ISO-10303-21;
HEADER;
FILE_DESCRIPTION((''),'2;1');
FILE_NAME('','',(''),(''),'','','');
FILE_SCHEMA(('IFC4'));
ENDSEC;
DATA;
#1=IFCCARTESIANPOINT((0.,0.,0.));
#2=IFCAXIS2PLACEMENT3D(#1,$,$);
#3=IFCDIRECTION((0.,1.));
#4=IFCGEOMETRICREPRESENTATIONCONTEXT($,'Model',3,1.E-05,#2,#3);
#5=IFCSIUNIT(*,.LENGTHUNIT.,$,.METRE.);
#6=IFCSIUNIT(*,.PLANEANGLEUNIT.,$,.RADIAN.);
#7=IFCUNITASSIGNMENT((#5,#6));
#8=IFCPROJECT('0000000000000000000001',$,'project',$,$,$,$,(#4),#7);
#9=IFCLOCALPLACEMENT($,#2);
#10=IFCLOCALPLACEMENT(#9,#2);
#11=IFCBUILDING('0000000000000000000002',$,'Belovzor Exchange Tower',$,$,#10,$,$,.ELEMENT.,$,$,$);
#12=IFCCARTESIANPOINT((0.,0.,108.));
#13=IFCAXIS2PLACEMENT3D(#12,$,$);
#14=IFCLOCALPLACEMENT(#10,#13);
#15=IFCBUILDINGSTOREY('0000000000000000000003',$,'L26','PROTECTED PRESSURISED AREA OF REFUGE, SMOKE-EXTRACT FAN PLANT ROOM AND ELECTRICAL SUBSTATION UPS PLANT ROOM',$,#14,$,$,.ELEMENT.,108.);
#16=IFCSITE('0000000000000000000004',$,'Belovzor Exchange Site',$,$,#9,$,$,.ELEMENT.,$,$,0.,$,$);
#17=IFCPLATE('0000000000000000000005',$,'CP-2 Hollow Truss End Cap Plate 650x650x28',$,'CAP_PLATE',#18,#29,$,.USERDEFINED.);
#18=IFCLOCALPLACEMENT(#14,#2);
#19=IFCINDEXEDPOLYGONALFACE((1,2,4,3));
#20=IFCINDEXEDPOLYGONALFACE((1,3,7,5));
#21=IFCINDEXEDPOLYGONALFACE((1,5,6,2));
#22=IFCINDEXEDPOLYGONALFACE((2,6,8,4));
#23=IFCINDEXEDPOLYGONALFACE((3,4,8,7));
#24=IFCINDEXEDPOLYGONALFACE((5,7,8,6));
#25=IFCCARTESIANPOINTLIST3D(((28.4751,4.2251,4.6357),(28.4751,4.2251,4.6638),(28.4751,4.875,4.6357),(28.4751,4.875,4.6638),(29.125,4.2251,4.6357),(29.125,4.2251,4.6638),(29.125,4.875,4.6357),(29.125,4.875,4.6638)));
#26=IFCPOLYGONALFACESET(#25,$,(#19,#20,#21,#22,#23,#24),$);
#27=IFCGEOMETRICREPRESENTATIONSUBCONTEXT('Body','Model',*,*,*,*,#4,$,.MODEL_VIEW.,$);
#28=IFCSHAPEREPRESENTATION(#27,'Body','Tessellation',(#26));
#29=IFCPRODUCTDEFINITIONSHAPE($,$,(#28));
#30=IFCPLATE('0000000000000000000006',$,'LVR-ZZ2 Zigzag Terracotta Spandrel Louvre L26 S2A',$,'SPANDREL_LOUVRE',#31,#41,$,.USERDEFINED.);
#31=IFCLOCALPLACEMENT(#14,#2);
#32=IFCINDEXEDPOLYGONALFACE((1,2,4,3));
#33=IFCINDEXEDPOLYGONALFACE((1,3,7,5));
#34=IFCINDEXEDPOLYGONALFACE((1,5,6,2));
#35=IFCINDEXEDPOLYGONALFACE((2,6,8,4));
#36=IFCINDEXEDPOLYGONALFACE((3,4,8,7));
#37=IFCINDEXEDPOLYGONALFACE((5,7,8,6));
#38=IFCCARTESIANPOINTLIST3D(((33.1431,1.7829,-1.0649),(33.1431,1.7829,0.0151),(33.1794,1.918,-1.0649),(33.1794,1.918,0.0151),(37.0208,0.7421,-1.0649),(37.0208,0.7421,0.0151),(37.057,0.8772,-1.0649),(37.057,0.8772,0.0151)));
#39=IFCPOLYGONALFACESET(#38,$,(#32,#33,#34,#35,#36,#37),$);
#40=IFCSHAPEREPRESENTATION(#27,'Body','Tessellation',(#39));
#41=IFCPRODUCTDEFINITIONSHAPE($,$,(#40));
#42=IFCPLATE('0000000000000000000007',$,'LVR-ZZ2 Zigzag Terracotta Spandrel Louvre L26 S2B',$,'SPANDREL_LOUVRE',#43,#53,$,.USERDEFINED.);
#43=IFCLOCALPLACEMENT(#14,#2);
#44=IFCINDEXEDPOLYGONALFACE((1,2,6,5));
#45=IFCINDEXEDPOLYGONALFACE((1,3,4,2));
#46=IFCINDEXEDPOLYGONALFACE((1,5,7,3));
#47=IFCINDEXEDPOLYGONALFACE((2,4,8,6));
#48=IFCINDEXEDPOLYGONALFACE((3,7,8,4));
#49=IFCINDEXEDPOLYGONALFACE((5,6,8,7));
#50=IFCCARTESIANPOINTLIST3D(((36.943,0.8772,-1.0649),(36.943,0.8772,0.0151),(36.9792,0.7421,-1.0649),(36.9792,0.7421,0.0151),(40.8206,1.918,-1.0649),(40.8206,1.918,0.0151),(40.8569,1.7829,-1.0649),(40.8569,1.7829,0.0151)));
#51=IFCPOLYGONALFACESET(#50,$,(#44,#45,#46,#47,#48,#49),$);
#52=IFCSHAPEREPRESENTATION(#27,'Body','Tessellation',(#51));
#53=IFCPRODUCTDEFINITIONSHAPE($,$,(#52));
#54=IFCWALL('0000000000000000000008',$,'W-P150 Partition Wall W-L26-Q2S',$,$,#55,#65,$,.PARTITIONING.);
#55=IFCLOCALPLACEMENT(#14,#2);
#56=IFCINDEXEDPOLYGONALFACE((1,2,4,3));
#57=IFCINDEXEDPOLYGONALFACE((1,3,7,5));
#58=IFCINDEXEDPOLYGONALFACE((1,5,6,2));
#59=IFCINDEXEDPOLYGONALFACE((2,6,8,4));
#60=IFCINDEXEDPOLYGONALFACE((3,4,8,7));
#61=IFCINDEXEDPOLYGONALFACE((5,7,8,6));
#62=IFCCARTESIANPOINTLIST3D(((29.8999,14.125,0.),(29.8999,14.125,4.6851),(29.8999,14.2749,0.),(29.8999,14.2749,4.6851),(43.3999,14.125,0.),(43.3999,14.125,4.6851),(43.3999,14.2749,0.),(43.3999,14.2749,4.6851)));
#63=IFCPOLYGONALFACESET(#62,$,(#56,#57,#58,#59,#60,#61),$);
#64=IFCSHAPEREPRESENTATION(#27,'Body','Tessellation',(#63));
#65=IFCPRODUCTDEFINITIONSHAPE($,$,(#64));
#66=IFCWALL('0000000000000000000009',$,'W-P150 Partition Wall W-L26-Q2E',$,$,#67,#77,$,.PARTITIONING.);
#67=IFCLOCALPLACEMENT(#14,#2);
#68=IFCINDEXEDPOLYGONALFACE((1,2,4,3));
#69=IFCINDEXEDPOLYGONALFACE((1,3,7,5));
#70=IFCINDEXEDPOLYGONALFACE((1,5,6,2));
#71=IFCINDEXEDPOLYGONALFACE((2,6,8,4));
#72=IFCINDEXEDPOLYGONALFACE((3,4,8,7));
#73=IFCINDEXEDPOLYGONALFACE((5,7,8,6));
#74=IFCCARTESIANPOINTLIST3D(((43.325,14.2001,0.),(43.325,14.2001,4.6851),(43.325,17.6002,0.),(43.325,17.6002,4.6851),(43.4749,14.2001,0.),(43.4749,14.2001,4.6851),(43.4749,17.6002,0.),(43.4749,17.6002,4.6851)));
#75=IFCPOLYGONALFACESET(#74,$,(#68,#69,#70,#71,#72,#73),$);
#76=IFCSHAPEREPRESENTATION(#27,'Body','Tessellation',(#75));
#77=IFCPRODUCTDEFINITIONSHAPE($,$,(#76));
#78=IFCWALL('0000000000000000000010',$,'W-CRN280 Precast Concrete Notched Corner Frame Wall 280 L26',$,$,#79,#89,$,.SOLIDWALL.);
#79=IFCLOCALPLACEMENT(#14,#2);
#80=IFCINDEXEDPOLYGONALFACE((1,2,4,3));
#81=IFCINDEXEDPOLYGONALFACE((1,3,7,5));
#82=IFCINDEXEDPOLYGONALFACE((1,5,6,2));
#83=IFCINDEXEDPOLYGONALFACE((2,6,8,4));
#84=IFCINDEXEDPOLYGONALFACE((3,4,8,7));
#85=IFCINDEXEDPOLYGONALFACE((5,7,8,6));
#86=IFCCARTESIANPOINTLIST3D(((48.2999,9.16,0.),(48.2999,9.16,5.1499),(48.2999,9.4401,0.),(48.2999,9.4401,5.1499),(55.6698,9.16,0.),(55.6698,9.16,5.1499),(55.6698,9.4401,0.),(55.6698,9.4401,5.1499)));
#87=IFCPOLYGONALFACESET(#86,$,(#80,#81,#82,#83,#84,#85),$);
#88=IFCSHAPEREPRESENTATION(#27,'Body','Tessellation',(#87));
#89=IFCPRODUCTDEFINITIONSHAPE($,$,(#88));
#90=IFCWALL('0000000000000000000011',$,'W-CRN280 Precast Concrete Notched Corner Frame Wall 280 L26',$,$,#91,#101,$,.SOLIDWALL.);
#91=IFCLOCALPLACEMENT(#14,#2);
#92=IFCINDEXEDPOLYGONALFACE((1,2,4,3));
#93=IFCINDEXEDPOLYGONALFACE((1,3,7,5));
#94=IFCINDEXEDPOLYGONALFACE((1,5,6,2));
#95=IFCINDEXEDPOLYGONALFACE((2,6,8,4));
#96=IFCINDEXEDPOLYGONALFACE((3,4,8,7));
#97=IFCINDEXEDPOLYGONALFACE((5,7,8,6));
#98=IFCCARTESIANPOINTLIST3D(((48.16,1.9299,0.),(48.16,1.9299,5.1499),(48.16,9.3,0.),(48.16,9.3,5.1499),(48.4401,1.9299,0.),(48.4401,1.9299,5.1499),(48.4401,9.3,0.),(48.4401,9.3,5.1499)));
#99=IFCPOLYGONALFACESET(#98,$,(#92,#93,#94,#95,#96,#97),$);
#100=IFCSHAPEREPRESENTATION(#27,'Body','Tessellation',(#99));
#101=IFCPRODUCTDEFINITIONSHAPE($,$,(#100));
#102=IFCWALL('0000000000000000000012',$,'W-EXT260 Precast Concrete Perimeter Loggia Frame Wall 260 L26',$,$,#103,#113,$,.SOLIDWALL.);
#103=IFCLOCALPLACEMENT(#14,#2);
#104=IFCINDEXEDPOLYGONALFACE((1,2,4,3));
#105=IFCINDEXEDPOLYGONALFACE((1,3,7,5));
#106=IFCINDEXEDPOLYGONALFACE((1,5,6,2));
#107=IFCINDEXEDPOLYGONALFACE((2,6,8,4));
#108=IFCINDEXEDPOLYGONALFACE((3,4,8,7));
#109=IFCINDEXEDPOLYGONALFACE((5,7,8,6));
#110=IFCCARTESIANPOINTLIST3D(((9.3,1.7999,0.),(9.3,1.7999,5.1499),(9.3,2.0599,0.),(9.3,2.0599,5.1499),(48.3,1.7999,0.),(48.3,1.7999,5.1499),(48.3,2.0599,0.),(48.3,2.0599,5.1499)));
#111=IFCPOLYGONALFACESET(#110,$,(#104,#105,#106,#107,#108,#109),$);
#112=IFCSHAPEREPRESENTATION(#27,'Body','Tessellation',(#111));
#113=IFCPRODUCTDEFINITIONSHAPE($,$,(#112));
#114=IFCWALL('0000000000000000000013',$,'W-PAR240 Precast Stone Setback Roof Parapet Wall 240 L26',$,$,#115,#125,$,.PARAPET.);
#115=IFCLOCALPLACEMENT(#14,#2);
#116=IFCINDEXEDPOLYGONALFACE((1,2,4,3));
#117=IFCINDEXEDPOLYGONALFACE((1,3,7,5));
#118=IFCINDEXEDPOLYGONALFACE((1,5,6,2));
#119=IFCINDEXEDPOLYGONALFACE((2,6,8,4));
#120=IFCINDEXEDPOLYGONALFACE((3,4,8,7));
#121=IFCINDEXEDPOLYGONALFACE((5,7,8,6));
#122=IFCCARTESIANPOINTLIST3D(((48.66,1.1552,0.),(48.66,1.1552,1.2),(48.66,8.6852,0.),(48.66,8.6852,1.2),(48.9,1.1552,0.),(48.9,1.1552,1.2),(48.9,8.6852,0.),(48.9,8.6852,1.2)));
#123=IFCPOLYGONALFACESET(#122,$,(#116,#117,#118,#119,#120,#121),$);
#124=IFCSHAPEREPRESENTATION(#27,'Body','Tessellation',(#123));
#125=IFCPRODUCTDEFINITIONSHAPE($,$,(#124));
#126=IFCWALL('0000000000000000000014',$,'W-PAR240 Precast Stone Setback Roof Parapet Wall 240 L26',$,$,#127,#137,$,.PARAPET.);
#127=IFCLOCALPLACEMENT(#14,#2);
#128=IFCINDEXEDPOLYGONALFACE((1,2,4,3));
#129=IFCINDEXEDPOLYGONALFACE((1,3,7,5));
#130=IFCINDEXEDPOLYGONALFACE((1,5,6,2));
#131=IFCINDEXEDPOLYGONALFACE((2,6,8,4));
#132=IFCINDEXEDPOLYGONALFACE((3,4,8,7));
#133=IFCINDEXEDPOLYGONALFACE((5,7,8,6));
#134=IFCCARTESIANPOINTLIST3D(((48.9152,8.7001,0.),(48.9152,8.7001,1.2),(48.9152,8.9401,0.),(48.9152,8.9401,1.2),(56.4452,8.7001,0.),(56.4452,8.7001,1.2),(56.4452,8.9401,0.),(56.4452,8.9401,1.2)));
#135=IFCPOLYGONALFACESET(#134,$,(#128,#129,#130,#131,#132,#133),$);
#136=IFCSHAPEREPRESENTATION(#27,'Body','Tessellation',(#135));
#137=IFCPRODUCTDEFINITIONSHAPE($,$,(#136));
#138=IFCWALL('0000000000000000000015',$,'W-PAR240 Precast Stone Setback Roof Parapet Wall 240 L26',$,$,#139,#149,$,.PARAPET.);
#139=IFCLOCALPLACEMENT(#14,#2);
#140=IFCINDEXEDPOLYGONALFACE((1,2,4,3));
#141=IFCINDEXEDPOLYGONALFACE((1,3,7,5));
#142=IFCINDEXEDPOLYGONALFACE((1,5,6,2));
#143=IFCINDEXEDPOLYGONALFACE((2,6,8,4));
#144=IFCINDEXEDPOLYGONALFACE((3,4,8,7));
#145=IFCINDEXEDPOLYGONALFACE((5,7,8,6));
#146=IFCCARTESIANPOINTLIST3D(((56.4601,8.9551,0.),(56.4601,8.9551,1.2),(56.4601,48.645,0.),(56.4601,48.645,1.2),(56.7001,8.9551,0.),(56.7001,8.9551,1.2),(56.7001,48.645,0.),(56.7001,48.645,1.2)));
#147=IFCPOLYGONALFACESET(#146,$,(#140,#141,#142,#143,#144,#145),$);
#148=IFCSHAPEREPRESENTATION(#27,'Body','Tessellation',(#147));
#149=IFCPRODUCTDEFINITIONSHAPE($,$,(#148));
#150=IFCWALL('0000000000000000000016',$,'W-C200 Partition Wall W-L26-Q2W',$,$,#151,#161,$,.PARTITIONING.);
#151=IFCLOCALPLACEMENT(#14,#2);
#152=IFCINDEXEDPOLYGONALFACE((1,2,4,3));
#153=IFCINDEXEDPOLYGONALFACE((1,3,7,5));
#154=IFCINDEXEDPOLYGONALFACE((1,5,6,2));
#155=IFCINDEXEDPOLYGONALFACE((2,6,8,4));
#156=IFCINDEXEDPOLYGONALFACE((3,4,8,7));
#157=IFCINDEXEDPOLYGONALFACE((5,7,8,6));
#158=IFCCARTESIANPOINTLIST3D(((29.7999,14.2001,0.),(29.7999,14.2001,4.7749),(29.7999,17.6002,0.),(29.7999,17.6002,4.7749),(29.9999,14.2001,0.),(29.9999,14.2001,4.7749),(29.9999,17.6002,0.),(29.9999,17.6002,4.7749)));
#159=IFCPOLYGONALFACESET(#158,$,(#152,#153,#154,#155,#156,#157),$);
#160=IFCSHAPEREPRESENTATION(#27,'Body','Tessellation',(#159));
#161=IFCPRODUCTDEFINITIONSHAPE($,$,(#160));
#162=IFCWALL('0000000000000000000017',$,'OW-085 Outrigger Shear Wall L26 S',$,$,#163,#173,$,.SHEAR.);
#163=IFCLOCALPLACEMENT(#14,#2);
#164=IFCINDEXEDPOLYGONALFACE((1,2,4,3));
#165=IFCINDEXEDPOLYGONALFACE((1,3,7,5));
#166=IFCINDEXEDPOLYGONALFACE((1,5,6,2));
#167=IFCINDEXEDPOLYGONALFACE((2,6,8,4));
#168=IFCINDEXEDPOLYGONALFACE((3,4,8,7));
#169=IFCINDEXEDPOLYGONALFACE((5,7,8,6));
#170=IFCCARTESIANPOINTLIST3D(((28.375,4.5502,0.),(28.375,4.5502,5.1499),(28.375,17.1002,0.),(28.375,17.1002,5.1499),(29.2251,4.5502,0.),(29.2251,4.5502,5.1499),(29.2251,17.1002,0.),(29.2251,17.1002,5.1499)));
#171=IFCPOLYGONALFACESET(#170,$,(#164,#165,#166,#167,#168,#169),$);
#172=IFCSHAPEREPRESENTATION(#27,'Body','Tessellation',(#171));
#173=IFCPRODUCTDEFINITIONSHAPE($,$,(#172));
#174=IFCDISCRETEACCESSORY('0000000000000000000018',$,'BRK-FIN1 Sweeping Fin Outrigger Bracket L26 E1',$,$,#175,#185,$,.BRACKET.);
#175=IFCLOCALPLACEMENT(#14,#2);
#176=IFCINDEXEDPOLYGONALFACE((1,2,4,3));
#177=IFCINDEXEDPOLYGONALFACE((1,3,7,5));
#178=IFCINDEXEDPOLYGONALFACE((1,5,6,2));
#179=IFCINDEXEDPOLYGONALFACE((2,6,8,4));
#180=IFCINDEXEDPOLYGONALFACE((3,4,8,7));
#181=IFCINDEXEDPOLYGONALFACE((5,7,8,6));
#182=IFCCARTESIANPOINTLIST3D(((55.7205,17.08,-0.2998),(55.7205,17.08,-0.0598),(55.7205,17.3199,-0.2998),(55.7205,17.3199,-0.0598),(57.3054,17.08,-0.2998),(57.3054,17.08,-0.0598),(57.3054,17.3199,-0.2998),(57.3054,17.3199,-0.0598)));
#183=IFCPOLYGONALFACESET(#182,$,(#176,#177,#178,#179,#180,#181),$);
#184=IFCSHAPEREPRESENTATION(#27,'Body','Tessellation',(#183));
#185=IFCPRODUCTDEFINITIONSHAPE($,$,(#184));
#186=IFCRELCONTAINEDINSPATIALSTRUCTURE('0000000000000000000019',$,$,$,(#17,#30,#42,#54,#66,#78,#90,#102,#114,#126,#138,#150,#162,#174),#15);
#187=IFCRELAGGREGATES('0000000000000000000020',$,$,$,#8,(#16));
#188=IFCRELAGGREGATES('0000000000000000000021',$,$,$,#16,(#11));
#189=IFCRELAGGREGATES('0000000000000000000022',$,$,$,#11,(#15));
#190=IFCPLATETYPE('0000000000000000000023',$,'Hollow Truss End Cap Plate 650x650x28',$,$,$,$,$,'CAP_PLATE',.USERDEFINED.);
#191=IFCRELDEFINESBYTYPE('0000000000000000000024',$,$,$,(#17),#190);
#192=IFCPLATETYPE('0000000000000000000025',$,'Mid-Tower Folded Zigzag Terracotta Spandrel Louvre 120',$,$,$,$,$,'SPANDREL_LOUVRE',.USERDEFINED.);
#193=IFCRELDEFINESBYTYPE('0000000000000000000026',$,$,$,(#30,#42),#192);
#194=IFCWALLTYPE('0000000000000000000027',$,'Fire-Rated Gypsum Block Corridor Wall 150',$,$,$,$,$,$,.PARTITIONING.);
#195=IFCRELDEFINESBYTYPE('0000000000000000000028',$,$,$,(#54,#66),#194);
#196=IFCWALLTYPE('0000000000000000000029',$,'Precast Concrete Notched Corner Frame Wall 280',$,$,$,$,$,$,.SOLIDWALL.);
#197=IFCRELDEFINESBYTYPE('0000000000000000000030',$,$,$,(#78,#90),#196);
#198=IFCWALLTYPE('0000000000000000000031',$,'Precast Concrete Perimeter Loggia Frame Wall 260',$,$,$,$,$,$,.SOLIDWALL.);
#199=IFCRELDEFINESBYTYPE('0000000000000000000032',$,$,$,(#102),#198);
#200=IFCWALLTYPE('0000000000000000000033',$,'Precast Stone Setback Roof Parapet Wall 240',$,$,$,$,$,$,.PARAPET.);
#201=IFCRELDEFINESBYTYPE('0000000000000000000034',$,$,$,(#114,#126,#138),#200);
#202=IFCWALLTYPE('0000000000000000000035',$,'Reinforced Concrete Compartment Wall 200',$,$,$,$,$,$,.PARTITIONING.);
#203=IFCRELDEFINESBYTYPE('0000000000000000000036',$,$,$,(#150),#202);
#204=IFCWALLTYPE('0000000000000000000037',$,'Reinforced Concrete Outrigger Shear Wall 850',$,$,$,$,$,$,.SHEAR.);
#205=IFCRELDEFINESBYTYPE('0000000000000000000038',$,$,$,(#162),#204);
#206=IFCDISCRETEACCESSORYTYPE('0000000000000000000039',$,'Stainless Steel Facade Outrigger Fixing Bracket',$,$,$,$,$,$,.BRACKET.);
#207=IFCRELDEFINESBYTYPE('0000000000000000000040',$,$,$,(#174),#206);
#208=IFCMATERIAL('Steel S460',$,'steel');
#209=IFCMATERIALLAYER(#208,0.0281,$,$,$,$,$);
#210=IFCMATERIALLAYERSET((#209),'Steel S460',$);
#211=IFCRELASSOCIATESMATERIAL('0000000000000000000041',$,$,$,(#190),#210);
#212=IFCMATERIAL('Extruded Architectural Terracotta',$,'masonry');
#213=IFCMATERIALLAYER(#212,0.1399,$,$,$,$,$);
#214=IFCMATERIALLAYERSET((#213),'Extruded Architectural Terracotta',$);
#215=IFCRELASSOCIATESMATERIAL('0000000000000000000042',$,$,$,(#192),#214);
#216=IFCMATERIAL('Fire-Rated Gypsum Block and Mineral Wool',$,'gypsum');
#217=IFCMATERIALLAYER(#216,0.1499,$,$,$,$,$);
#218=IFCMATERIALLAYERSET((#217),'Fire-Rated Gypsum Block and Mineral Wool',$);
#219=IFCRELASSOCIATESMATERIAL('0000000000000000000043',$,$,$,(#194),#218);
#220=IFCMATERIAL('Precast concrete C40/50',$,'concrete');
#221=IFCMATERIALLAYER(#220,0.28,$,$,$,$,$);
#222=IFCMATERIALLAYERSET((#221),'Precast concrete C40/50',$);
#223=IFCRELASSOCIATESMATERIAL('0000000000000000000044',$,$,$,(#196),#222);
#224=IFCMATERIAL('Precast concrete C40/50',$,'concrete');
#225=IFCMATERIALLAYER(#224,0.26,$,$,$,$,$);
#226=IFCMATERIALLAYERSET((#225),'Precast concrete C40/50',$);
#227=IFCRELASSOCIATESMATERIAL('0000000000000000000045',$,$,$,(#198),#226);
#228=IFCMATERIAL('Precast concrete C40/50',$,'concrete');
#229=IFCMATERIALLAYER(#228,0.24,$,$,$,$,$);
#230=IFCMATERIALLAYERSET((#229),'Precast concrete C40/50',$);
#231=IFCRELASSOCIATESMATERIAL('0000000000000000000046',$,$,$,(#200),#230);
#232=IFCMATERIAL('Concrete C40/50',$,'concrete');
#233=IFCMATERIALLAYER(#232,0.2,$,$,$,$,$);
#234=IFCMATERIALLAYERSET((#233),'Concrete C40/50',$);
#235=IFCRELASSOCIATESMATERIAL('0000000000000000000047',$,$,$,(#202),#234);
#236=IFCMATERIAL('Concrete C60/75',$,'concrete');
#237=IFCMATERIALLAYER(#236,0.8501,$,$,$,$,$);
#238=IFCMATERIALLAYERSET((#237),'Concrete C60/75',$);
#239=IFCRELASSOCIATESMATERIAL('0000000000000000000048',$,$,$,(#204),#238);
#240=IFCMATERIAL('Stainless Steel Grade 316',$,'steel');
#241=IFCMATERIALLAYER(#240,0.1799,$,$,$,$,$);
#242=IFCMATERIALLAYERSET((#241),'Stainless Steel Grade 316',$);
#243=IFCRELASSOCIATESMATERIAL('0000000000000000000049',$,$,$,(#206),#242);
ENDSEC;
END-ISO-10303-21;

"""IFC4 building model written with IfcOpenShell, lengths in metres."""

from ifc_helpers import new_model, si_unit, direction, frame, frame_2d, origin, origin_2d, place, context, subcontext, project, spatial, rectangle, extrude, material, layer, layer_set, type_object, element, save


model = new_model("IFC4")

# Units and contexts
model_context = context("Model", 3, precision=1e-05, world=origin(), true_north=direction((0.0, 1.0)))
body_context = subcontext(model_context, "Body", "Model", "MODEL_VIEW")
ifc_project = project(units=[si_unit("LENGTHUNIT", "METRE"), si_unit("PLANEANGLEUNIT", "RADIAN")], contexts=[model_context])

# Site, building, storey
site_placement = place(None, origin())
site = spatial("IfcSite", under=ifc_project, at=site_placement, Name="Belovzor Exchange Site", CompositionType="ELEMENT", RefElevation=0.0)
building_placement = place(site_placement, origin())
building = spatial("IfcBuilding", under=site, at=building_placement, Name="Belovzor Exchange Tower", CompositionType="ELEMENT")
storey_placement = place(building_placement, frame((0.0, 0.0, 108.0)))
storey = spatial("IfcBuildingStorey", under=building, at=storey_placement, Name="L26", Description="PROTECTED PRESSURISED AREA OF REFUGE, SMOKE-EXTRACT FAN PLANT ROOM AND ELECTRICAL SUBSTATION UPS PLANT ROOM", CompositionType="ELEMENT", Elevation=108.0)

# Plates
ifc_material_1 = material(Name="Steel S460", Category="steel")
ifc_layer_1 = layer(ifc_material_1, 0.0281)
ifc_layer_set_1 = layer_set([ifc_layer_1], Name="Steel S460")
plate_type_1 = type_object("IfcPlateType", Name="Hollow Truss End Cap Plate 650x650x28", ElementType="CAP_PLATE", PredefinedType="USERDEFINED", material=ifc_layer_set_1)
plate_1_placement = place(storey_placement, frame((28.8, 4.55, 4.6357), z_axis=(0.0, 0.0, 1.0), x_axis=(1.0, 0.0, 0.0)))
element("IfcPlate", 1, at=plate_1_placement, inside=storey, type_object=plate_type_1, Name="CP-2 Hollow Truss End Cap Plate 650x650x28", ObjectType="CAP_PLATE", PredefinedType="USERDEFINED", context=body_context, shape_type="SweptSolid", body=[
    extrude(rectangle(XDim=0.6499, YDim=0.6499, at=origin_2d()), origin(), (0.0, 0.0, 1.0), 0.0281),
])
ifc_material_2 = material(Name="Extruded Architectural Terracotta", Category="masonry")
ifc_layer_2 = layer(ifc_material_2, 0.1399)
ifc_layer_set_2 = layer_set([ifc_layer_2], Name="Extruded Architectural Terracotta")
plate_type_2 = type_object("IfcPlateType", Name="Mid-Tower Folded Zigzag Terracotta Spandrel Louvre 120", ElementType="SPANDREL_LOUVRE", PredefinedType="USERDEFINED", material=ifc_layer_set_2)
for number, where, z_axis, x_axis, name in (
    (2, (35.1001, 1.3301, -1.0649), (0.0, 0.0, 1.0), (0.965813, -0.25924, 0.0), "LVR-ZZ2 Zigzag Terracotta Spandrel Louvre L26 S2A"),
    (3, (38.8999, 1.3301, -1.0649), (0.0, 0.0, 1.0), (0.965813, 0.25924, 0.0), "LVR-ZZ2 Zigzag Terracotta Spandrel Louvre L26 S2B"),
):
    element("IfcPlate", number, at=place(storey_placement, frame(where, z_axis=z_axis, x_axis=x_axis)), inside=storey, type_object=plate_type_2, Name=name, ObjectType="SPANDREL_LOUVRE", PredefinedType="USERDEFINED", context=body_context, shape_type="SweptSolid", body=[
        extrude(rectangle(XDim=4.0149, YDim=0.1399, at=origin_2d()), origin(), (0.0, 0.0, 1.0), 1.0801),
    ])

# Walls
ifc_material_3 = material(Name="Fire-Rated Gypsum Block and Mineral Wool", Category="gypsum")
ifc_layer_3 = layer(ifc_material_3, 0.1499)
ifc_layer_set_3 = layer_set([ifc_layer_3], Name="Fire-Rated Gypsum Block and Mineral Wool")
wall_type_1 = type_object("IfcWallType", Name="Fire-Rated Gypsum Block Corridor Wall 150", PredefinedType="PARTITIONING", material=ifc_layer_set_3)
wall_1_placement = place(storey_placement, frame((29.8999, 14.2, 0.0), z_axis=(0.0, 0.0, 1.0), x_axis=(1.0, 0.0, 0.0)))
element("IfcWall", 4, at=wall_1_placement, inside=storey, type_object=wall_type_1, Name="W-P150 Partition Wall W-L26-Q2S", PredefinedType="PARTITIONING", context=body_context, shape_type="SweptSolid", body=[
    extrude(rectangle(XDim=13.5, YDim=0.1499, at=frame_2d((6.75, 0.0))), origin(), (0.0, 0.0, 1.0), 4.6851),
])
wall_2_placement = place(storey_placement, frame((43.3999, 14.2, 0.0), z_axis=(0.0, 0.0, 1.0), x_axis=(0.0, 1.0, 0.0)))
element("IfcWall", 5, at=wall_2_placement, inside=storey, type_object=wall_type_1, Name="W-P150 Partition Wall W-L26-Q2E", PredefinedType="PARTITIONING", context=body_context, shape_type="SweptSolid", body=[
    extrude(rectangle(XDim=3.4001, YDim=0.1499, at=frame_2d((1.7002, 0.0))), origin(), (0.0, 0.0, 1.0), 4.6851),
])
ifc_material_4 = material(Name="Precast concrete C40/50", Category="concrete")
ifc_layer_4 = layer(ifc_material_4, 0.28)
ifc_layer_set_4 = layer_set([ifc_layer_4], Name="Precast concrete C40/50")
wall_type_2 = type_object("IfcWallType", Name="Precast Concrete Notched Corner Frame Wall 280", PredefinedType="SOLIDWALL", material=ifc_layer_set_4)
wall_3_placement = place(storey_placement, frame((55.6699, 9.3, 0.0), z_axis=(0.0, 0.0, 1.0), x_axis=(-1.0, 0.0, 0.0)))
element("IfcWall", 6, at=wall_3_placement, inside=storey, type_object=wall_type_2, Name="W-CRN280 Precast Concrete Notched Corner Frame Wall 280 L26", PredefinedType="SOLIDWALL", context=body_context, shape_type="SweptSolid", body=[
    extrude(rectangle(XDim=7.3699, YDim=0.28, at=frame_2d((3.6851, 0.0))), origin(), (0.0, 0.0, 1.0), 5.1499),
])
wall_4_placement = place(storey_placement, frame((48.3, 9.3, 0.0), z_axis=(0.0, 0.0, 1.0), x_axis=(0.0, -1.0, 0.0)))
element("IfcWall", 7, at=wall_4_placement, inside=storey, type_object=wall_type_2, Name="W-CRN280 Precast Concrete Notched Corner Frame Wall 280 L26", PredefinedType="SOLIDWALL", context=body_context, shape_type="SweptSolid", body=[
    extrude(rectangle(XDim=7.3701, YDim=0.28, at=frame_2d((3.6851, 0.0))), origin(), (0.0, 0.0, 1.0), 5.1499),
])
ifc_material_5 = material(Name="Precast concrete C40/50", Category="concrete")
ifc_layer_5 = layer(ifc_material_5, 0.26)
ifc_layer_set_5 = layer_set([ifc_layer_5], Name="Precast concrete C40/50")
wall_type_3 = type_object("IfcWallType", Name="Precast Concrete Perimeter Loggia Frame Wall 260", PredefinedType="SOLIDWALL", material=ifc_layer_set_5)
wall_5_placement = place(storey_placement, frame((48.3, 1.9299, 0.0), z_axis=(0.0, 0.0, 1.0), x_axis=(-1.0, 0.0, 0.0)))
element("IfcWall", 8, at=wall_5_placement, inside=storey, type_object=wall_type_3, Name="W-EXT260 Precast Concrete Perimeter Loggia Frame Wall 260 L26", PredefinedType="SOLIDWALL", context=body_context, shape_type="SweptSolid", body=[
    extrude(rectangle(XDim=39.0, YDim=0.26, at=frame_2d((19.5, 0.0))), origin(), (0.0, 0.0, 1.0), 5.1499),
])
ifc_material_6 = material(Name="Precast concrete C40/50", Category="concrete")
ifc_layer_6 = layer(ifc_material_6, 0.24)
ifc_layer_set_6 = layer_set([ifc_layer_6], Name="Precast concrete C40/50")
wall_type_4 = type_object("IfcWallType", Name="Precast Stone Setback Roof Parapet Wall 240", PredefinedType="PARAPET", material=ifc_layer_set_6)
for number, where, z_axis, x_axis, name in (
    (9, (48.78, 1.155, 0.0), (0.0, 0.0, 1.0), (0.0, 1.0, 0.0), "W-PAR240 Precast Stone Setback Roof Parapet Wall 240 L26"),
    (10, (48.915, 8.8201, 0.0), (0.0, 0.0, 1.0), (1.0, 0.0, 0.0), "W-PAR240 Precast Stone Setback Roof Parapet Wall 240 L26"),
):
    element("IfcWall", number, at=place(storey_placement, frame(where, z_axis=z_axis, x_axis=x_axis)), inside=storey, type_object=wall_type_4, Name=name, PredefinedType="PARAPET", context=body_context, shape_type="SweptSolid", body=[
        extrude(rectangle(XDim=7.53, YDim=0.24, at=frame_2d((3.7651, 0.0))), origin(), (0.0, 0.0, 1.0), 1.2),
    ])
wall_6_placement = place(storey_placement, frame((56.5801, 8.9551, 0.0), z_axis=(0.0, 0.0, 1.0), x_axis=(0.0, 1.0, 0.0)))
element("IfcWall", 11, at=wall_6_placement, inside=storey, type_object=wall_type_4, Name="W-PAR240 Precast Stone Setback Roof Parapet Wall 240 L26", PredefinedType="PARAPET", context=body_context, shape_type="SweptSolid", body=[
    extrude(rectangle(XDim=39.6899, YDim=0.24, at=frame_2d((19.845, 0.0))), origin(), (0.0, 0.0, 1.0), 1.2),
])
ifc_material_7 = material(Name="Concrete C40/50", Category="concrete")
ifc_layer_7 = layer(ifc_material_7, 0.2)
ifc_layer_set_7 = layer_set([ifc_layer_7], Name="Concrete C40/50")
wall_type_5 = type_object("IfcWallType", Name="Reinforced Concrete Compartment Wall 200", PredefinedType="PARTITIONING", material=ifc_layer_set_7)
wall_7_placement = place(storey_placement, frame((29.8999, 14.2, 0.0), z_axis=(0.0, 0.0, 1.0), x_axis=(0.0, 1.0, 0.0)))
element("IfcWall", 12, at=wall_7_placement, inside=storey, type_object=wall_type_5, Name="W-C200 Partition Wall W-L26-Q2W", PredefinedType="PARTITIONING", context=body_context, shape_type="SweptSolid", body=[
    extrude(rectangle(XDim=3.4001, YDim=0.2, at=frame_2d((1.7002, 0.0))), origin(), (0.0, 0.0, 1.0), 4.7749),
])
ifc_material_8 = material(Name="Concrete C60/75", Category="concrete")
ifc_layer_8 = layer(ifc_material_8, 0.8501)
ifc_layer_set_8 = layer_set([ifc_layer_8], Name="Concrete C60/75")
wall_type_6 = type_object("IfcWallType", Name="Reinforced Concrete Outrigger Shear Wall 850", PredefinedType="SHEAR", material=ifc_layer_set_8)
wall_8_placement = place(storey_placement, frame((28.8, 17.1001, 0.0), z_axis=(0.0, 0.0, 1.0), x_axis=(0.0, -1.0, 0.0)))
element("IfcWall", 13, at=wall_8_placement, inside=storey, type_object=wall_type_6, Name="OW-085 Outrigger Shear Wall L26 S", PredefinedType="SHEAR", context=body_context, shape_type="SweptSolid", body=[
    extrude(rectangle(XDim=12.55, YDim=0.8501, at=frame_2d((6.2749, 0.0))), origin(), (0.0, 0.0, 1.0), 5.1499),
])

# Discrete accessory
ifc_material_9 = material(Name="Stainless Steel Grade 316", Category="steel")
ifc_layer_9 = layer(ifc_material_9, 0.1799)
ifc_layer_set_9 = layer_set([ifc_layer_9], Name="Stainless Steel Grade 316")
discrete_accessory_type = type_object("IfcDiscreteAccessoryType", Name="Stainless Steel Facade Outrigger Fixing Bracket", PredefinedType="BRACKET", material=ifc_layer_set_9)
for number, where, z_axis, x_axis, name in (
    (14, (56.5129, 17.2, -0.2998), (0.0, 0.0, 1.0), (1.0, 0.0, 0.0), "BRK-FIN1 Sweeping Fin Outrigger Bracket L26 E1"),
):
    element("IfcDiscreteAccessory", number, at=place(storey_placement, frame(where, z_axis=z_axis, x_axis=x_axis)), inside=storey, type_object=discrete_accessory_type, Name=name, PredefinedType="BRACKET", context=body_context, shape_type="SweptSolid", body=[
        extrude(rectangle(XDim=1.585, YDim=0.24, at=origin_2d()), origin(), (0.0, 0.0, 1.0), 0.24),
    ])

save(model, "model.ifc")
